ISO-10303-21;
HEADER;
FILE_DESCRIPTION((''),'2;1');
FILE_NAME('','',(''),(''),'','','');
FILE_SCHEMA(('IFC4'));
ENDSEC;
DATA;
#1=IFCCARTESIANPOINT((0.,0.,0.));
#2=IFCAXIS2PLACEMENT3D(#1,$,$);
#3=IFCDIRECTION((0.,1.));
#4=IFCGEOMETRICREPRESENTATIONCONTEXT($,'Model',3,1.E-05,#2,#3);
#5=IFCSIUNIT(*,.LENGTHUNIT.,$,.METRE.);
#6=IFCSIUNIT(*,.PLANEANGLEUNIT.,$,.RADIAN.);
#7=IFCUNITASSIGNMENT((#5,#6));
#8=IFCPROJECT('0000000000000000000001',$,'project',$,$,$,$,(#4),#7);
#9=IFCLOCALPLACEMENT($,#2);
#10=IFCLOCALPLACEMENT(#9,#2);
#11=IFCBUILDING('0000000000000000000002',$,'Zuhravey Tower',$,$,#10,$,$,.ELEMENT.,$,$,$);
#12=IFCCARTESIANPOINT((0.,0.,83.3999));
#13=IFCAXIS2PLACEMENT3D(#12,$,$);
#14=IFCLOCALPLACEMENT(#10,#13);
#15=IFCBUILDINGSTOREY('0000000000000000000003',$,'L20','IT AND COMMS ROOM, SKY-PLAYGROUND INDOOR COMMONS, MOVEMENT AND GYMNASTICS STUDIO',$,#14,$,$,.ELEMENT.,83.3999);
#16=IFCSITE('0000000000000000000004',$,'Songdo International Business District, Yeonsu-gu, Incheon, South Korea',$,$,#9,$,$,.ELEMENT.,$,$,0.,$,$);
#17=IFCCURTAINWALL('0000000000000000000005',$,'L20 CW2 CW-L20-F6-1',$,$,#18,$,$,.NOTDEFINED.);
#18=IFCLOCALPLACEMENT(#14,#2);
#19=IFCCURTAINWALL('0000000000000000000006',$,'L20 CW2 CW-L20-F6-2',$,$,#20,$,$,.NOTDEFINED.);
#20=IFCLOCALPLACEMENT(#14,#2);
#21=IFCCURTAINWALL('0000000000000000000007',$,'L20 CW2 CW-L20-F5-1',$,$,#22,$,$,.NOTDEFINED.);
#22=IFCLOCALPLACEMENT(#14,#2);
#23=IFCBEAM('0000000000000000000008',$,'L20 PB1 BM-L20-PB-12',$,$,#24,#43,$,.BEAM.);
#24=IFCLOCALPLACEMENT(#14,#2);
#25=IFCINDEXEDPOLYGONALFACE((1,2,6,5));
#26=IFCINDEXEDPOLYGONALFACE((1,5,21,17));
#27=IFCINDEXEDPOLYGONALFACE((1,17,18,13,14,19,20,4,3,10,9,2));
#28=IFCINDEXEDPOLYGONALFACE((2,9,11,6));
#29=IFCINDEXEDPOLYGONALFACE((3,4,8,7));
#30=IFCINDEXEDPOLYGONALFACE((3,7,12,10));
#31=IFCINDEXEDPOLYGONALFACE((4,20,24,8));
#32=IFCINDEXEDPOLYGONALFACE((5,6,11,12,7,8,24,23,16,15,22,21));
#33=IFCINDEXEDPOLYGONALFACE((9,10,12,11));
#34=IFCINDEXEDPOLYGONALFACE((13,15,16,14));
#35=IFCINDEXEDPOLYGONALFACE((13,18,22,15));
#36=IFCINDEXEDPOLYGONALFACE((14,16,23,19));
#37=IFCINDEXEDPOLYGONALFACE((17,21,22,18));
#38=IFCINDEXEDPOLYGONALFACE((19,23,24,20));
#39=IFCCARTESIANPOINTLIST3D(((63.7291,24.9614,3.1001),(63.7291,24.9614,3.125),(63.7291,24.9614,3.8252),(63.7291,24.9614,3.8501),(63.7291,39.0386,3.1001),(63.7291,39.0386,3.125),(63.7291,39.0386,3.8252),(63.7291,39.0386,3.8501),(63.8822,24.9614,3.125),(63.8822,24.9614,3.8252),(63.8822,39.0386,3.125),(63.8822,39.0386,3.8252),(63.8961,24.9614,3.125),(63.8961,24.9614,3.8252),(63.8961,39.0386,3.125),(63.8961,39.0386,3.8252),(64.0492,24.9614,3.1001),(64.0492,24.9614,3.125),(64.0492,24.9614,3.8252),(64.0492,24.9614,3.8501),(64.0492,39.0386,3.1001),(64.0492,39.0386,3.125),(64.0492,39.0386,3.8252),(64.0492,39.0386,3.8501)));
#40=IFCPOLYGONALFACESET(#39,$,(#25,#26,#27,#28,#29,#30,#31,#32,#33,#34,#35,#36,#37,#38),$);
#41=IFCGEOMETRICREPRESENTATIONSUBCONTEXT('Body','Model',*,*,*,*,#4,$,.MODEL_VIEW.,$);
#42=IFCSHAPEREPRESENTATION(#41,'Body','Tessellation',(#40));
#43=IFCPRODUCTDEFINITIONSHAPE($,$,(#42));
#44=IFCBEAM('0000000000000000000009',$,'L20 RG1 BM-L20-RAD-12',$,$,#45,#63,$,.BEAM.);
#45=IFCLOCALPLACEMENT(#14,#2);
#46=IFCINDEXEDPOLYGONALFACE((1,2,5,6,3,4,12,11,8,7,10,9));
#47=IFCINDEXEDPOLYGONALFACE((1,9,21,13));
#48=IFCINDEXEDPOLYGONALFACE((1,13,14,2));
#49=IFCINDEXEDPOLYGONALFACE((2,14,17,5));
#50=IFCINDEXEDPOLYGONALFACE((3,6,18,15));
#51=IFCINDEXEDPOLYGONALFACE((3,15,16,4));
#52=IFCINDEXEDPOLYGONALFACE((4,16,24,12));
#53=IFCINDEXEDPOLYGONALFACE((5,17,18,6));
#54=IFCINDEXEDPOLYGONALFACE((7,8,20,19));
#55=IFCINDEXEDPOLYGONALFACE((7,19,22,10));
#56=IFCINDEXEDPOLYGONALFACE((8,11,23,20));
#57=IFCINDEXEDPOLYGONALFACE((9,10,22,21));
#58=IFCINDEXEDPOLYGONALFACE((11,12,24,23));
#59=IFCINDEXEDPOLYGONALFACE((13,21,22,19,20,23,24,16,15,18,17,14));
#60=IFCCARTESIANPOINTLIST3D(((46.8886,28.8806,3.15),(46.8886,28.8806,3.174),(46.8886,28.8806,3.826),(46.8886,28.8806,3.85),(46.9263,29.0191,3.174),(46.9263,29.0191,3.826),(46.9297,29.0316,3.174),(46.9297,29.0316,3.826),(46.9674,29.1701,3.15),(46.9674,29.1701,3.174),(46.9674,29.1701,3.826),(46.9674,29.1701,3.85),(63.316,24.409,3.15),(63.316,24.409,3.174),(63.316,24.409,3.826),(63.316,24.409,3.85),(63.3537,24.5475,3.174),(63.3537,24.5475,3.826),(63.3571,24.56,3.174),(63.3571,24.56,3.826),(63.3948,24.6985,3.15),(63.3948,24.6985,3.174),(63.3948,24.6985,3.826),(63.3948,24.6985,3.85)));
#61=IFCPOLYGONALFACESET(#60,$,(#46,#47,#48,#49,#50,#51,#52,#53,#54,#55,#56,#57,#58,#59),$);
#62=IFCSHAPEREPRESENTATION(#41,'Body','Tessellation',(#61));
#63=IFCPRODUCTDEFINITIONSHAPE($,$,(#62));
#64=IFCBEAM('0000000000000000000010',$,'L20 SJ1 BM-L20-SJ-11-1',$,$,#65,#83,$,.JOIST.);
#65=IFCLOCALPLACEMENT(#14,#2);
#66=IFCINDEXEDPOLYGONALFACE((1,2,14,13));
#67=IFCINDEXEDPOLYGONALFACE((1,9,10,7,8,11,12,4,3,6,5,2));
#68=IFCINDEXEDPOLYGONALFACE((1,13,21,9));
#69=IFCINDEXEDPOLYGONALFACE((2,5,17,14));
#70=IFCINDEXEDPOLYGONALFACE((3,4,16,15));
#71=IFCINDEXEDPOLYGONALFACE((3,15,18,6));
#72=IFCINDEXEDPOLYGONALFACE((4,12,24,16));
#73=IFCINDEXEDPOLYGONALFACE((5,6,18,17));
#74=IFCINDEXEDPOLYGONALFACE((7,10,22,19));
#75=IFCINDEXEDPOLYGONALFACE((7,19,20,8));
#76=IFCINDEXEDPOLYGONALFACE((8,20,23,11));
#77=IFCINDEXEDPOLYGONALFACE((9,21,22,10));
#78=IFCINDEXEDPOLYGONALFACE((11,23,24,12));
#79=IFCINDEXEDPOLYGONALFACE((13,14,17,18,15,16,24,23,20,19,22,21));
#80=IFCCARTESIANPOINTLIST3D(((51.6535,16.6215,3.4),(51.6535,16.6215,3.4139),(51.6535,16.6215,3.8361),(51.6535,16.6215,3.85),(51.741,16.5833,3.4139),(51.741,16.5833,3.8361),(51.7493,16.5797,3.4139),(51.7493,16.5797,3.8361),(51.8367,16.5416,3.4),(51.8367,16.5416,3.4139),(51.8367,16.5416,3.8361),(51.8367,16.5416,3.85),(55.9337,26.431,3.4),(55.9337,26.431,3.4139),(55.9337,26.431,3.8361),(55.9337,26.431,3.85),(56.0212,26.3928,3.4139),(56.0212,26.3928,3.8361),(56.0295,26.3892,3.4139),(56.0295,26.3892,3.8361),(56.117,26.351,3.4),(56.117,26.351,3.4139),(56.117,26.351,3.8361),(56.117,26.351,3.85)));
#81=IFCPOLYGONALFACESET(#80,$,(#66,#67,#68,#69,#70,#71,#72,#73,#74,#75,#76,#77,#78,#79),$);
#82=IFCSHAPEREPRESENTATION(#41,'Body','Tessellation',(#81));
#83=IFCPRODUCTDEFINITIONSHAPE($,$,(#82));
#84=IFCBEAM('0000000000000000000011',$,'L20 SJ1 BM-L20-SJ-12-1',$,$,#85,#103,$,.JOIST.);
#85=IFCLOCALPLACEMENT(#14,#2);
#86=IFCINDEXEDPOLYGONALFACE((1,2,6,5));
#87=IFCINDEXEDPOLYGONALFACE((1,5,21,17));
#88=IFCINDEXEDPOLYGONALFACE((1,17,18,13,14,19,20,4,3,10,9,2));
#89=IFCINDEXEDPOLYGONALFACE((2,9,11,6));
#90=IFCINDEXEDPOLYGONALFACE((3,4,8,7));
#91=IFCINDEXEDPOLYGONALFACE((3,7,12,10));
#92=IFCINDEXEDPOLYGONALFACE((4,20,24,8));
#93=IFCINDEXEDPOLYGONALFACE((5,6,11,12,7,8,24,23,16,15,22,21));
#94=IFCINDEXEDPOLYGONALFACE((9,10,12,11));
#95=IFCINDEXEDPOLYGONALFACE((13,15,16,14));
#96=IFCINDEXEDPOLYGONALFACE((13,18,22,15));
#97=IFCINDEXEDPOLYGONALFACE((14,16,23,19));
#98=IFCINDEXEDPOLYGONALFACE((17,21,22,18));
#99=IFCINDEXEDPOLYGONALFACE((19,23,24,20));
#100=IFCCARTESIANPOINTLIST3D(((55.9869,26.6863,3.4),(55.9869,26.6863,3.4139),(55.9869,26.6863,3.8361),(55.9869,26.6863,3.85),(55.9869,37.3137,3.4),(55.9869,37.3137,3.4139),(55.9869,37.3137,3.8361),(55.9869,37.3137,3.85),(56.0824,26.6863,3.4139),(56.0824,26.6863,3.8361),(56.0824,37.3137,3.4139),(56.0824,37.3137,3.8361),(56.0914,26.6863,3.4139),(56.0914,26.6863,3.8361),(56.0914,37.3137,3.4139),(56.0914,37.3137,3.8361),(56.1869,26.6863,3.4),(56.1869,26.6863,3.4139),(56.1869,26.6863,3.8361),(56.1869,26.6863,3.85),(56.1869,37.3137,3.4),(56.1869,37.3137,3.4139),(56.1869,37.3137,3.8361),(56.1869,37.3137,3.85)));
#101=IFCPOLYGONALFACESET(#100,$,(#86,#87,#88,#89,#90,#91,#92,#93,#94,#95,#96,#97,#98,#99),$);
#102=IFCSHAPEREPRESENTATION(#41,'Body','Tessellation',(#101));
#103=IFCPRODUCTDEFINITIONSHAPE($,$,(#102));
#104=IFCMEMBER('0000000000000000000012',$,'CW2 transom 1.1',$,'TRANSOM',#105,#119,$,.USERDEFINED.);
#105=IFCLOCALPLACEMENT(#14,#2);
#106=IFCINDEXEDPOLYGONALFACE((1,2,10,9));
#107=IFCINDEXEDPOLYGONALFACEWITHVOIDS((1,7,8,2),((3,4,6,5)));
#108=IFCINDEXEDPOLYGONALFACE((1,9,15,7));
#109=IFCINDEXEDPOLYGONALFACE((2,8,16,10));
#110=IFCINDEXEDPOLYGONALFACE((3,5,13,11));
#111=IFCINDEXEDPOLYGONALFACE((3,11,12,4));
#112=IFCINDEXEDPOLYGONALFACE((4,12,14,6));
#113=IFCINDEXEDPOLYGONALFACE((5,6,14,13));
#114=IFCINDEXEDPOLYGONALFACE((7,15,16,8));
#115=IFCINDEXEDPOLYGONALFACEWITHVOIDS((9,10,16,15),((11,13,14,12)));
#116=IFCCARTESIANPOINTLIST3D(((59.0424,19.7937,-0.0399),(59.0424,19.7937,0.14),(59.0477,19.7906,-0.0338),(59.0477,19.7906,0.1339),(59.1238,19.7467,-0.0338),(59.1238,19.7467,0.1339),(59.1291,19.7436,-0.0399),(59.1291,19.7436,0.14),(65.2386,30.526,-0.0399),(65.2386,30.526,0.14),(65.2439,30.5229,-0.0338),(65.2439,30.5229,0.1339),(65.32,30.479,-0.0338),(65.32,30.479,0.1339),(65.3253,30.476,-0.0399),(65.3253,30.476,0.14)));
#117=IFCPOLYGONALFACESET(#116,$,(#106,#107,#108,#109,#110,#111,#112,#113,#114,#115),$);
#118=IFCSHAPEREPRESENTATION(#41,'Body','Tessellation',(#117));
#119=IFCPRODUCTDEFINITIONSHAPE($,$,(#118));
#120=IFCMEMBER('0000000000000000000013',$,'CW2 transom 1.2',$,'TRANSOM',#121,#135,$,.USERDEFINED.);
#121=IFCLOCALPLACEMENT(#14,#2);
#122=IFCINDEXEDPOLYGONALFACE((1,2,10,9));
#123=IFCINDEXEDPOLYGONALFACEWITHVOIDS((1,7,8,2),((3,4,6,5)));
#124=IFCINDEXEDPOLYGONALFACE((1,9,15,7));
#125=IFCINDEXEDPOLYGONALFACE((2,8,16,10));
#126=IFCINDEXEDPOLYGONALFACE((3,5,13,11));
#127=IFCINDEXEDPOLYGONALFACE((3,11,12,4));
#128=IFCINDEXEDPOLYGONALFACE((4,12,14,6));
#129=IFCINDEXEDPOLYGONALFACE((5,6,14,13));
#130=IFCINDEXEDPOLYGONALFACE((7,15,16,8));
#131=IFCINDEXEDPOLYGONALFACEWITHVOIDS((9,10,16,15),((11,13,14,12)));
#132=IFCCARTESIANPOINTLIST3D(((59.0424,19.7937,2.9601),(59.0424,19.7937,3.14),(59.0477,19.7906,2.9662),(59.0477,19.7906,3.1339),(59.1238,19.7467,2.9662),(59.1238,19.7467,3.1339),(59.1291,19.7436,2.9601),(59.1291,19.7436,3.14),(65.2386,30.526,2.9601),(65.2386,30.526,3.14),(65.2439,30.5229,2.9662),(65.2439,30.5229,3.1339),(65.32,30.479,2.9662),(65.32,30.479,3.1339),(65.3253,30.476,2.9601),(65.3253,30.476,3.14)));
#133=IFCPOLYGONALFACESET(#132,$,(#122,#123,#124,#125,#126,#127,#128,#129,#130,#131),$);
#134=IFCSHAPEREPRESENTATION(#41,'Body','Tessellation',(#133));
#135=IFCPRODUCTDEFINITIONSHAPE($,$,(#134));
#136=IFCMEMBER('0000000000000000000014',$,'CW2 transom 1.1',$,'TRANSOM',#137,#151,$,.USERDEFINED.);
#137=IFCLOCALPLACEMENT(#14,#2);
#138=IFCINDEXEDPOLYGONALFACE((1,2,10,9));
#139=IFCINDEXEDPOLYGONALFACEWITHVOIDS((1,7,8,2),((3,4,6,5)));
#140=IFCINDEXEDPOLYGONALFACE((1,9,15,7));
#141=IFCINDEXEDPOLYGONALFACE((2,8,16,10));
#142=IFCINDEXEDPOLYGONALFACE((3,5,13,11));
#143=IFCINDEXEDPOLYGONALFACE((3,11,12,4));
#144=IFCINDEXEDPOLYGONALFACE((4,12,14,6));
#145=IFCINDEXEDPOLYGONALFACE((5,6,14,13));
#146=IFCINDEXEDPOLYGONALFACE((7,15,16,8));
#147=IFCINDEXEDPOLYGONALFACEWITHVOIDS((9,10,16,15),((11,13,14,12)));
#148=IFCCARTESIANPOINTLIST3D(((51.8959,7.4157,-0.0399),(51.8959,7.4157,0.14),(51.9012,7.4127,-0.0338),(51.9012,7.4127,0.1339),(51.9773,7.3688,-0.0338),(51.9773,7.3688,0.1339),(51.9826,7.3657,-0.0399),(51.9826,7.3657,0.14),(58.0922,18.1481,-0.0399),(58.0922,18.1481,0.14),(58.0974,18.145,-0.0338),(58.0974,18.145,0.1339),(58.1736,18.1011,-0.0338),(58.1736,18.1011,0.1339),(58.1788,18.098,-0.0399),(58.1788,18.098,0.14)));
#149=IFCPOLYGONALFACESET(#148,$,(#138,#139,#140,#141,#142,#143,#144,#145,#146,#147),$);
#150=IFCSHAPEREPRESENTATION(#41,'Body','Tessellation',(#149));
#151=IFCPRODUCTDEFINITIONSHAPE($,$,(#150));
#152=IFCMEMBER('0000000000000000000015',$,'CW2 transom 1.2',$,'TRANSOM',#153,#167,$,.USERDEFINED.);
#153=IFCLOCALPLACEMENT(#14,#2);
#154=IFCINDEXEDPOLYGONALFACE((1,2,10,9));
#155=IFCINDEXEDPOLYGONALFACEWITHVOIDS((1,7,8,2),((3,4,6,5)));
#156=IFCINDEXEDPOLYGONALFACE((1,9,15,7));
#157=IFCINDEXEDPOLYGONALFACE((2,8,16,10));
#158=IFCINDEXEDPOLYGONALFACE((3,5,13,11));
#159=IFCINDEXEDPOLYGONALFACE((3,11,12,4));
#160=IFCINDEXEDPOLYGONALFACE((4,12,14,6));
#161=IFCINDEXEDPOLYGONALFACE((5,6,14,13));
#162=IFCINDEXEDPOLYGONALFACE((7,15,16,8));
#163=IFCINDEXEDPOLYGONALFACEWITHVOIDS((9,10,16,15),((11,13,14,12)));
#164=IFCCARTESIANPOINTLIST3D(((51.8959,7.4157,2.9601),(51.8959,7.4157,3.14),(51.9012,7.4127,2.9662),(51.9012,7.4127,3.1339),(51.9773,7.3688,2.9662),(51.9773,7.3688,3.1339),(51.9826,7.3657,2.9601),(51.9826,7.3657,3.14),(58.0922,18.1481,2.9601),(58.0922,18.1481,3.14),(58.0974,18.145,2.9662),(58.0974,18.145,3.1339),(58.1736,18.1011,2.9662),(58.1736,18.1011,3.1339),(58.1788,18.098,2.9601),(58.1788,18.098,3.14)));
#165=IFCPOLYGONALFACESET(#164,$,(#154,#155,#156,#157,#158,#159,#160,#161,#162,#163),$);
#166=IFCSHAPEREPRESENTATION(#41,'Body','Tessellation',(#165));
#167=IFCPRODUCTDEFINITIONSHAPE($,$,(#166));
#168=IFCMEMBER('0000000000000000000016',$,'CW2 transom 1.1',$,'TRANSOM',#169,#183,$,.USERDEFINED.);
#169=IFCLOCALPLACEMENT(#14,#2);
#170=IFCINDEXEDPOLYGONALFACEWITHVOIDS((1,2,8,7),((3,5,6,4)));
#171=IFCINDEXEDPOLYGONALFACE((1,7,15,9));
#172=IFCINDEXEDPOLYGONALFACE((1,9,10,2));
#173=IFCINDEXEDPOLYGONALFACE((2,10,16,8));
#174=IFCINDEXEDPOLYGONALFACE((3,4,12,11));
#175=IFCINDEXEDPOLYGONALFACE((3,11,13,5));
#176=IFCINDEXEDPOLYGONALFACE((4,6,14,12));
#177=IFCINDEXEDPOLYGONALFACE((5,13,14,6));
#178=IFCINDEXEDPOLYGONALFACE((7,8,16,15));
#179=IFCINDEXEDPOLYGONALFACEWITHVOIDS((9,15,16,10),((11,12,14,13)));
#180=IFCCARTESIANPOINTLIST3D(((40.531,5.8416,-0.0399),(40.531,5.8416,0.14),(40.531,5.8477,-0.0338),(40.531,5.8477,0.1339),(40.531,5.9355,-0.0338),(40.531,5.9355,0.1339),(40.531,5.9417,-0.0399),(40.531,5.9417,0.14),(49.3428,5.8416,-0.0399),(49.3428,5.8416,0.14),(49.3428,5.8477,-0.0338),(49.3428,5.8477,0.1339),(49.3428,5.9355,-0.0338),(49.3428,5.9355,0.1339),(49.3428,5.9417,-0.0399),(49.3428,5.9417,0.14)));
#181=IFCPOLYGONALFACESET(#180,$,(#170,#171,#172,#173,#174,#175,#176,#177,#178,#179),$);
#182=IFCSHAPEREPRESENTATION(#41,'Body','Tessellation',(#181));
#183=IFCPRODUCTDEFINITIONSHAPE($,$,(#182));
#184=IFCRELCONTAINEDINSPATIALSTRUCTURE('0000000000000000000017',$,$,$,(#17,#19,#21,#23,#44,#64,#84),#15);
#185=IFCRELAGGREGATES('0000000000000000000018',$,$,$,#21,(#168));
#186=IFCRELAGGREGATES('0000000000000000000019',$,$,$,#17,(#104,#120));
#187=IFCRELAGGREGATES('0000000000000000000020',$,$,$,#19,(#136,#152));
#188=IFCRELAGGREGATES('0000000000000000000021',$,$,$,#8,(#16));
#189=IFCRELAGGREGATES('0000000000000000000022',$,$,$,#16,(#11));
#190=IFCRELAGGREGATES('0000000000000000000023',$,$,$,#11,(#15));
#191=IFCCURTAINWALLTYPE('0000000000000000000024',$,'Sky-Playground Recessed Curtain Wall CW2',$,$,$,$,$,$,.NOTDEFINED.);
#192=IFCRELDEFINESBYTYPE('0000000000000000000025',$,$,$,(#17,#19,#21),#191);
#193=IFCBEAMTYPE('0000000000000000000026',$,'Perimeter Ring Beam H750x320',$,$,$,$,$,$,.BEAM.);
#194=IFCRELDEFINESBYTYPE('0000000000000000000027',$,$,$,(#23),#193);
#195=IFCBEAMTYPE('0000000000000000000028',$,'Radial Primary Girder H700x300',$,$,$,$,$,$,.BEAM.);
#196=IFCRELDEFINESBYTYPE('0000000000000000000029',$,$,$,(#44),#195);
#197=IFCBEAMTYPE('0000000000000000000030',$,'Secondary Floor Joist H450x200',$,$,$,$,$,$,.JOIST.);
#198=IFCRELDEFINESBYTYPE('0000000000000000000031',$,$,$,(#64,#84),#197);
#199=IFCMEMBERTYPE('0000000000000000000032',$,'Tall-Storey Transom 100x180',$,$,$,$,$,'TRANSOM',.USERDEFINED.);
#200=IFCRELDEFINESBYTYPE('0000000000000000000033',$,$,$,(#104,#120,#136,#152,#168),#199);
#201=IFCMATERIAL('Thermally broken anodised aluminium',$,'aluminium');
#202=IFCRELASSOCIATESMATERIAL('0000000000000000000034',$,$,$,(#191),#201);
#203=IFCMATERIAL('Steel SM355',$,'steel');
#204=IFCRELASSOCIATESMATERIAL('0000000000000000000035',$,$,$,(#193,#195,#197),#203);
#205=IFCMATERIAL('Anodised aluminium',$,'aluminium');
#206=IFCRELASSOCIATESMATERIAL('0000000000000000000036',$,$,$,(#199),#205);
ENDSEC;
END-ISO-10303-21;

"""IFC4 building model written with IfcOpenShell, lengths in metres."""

from ifc_helpers import new_model, si_unit, direction, frame, origin, origin_2d, place, context, subcontext, project, spatial, hollow_rectangle, i_section, extrude, material, material_profile, profile_set, type_object, element, aggregate, save


model = new_model("IFC4")

# Units and contexts
model_context = context("Model", 3, precision=1e-05, world=origin(), true_north=direction((0.0, 1.0)))
body_context = subcontext(model_context, "Body", "Model", "MODEL_VIEW")
ifc_project = project(units=[si_unit("LENGTHUNIT", "METRE"), si_unit("PLANEANGLEUNIT", "RADIAN")], contexts=[model_context])

# Site, building, storey
site_placement = place(None, origin())
site = spatial("IfcSite", under=ifc_project, at=site_placement, Name="Songdo International Business District, Yeonsu-gu, Incheon, South Korea", CompositionType="ELEMENT", RefElevation=0.0)
building_placement = place(site_placement, origin())
building = spatial("IfcBuilding", under=site, at=building_placement, Name="Zuhravey Tower", CompositionType="ELEMENT")
storey_placement = place(building_placement, frame((0.0, 0.0, 83.3999)))
storey = spatial("IfcBuildingStorey", under=building, at=storey_placement, Name="L20", Description="IT AND COMMS ROOM, SKY-PLAYGROUND INDOOR COMMONS, MOVEMENT AND GYMNASTICS STUDIO", CompositionType="ELEMENT", Elevation=83.3999)

# Curtain walls
ifc_material_1 = material(Name="Thermally broken anodised aluminium", Category="aluminium")
curtain_wall_type = type_object("IfcCurtainWallType", Name="Sky-Playground Recessed Curtain Wall CW2", PredefinedType="NOTDEFINED", material=ifc_material_1)
curtain_wall_1_placement = place(storey_placement, origin())
curtain_wall_1 = element("IfcCurtainWall", 1, at=curtain_wall_1_placement, inside=storey, type_object=curtain_wall_type, Name="L20 CW2 CW-L20-F6-1", PredefinedType="NOTDEFINED")
ifc_material_2 = material(Name="Anodised aluminium", Category="aluminium")
curtain_wall_2_placement = place(storey_placement, origin())
curtain_wall_2 = element("IfcCurtainWall", 2, at=curtain_wall_2_placement, inside=storey, type_object=curtain_wall_type, Name="L20 CW2 CW-L20-F6-2", PredefinedType="NOTDEFINED")

# Curtain wall
curtain_wall_3_placement = place(storey_placement, origin())
curtain_wall_3 = element("IfcCurtainWall", 3, at=curtain_wall_3_placement, inside=storey, type_object=curtain_wall_type, Name="L20 CW2 CW-L20-F5-1", PredefinedType="NOTDEFINED")

# Beams
ifc_material_3 = material(Name="Steel SM355", Category="steel")
ifc_material_profile_1 = material_profile(ifc_material_3, i_section(OverallWidth=0.3201, OverallDepth=0.75, WebThickness=0.0139, FlangeThickness=0.0249, at=origin_2d()), Name="H-750x320x14x25")
ifc_profile_set_1 = profile_set([ifc_material_profile_1], Name="Steel SM355")
beam_type_1 = type_object("IfcBeamType", Name="Perimeter Ring Beam H750x320", PredefinedType="BEAM", material=ifc_profile_set_1)
beam_1_placement = place(storey_placement, frame((63.8892, 24.9614, 3.4751), z_axis=(0.0, 1.0, 0.0), x_axis=(-1.0, 0.0, 0.0)))
element("IfcBeam", 4, at=beam_1_placement, inside=storey, type_object=beam_type_1, Name="L20 PB1 BM-L20-PB-12", PredefinedType="BEAM", context=body_context, shape_type="SweptSolid", body=[
    extrude(i_section(OverallWidth=0.3201, OverallDepth=0.75, WebThickness=0.0139, FlangeThickness=0.0249, at=origin_2d()), origin(), (0.0, 0.0, 1.0), 14.0771),
])
ifc_material_profile_2 = material_profile(ifc_material_3, i_section(OverallWidth=0.3, OverallDepth=0.7, WebThickness=0.0129, FlangeThickness=0.0239, at=origin_2d()), Name="H-700x300x13x24")
ifc_profile_set_2 = profile_set([ifc_material_profile_2], Name="Steel SM355")
beam_type_2 = type_object("IfcBeamType", Name="Radial Primary Girder H700x300", PredefinedType="BEAM", material=ifc_profile_set_2)
beam_2_placement = place(storey_placement, frame((46.928, 29.0254, 3.5), z_axis=(0.964891, -0.26265, 0.0), x_axis=(0.26265, 0.964891, 0.0)))
element("IfcBeam", 5, at=beam_2_placement, inside=storey, type_object=beam_type_2, Name="L20 RG1 BM-L20-RAD-12", PredefinedType="BEAM", context=body_context, shape_type="SweptSolid", body=[
    extrude(i_section(OverallWidth=0.3, OverallDepth=0.7, WebThickness=0.0129, FlangeThickness=0.0239, at=origin_2d()), origin(), (0.0, 0.0, 1.0), 17.0251),
])
ifc_material_profile_3 = material_profile(ifc_material_3, i_section(OverallWidth=0.2, OverallDepth=0.45, WebThickness=0.009, FlangeThickness=0.0139, at=origin_2d()), Name="H-450x200x9x14")
ifc_profile_set_3 = profile_set([ifc_material_profile_3], Name="Steel SM355")
beam_type_3 = type_object("IfcBeamType", Name="Secondary Floor Joist H450x200", PredefinedType="JOIST", material=ifc_profile_set_3)
beam_3_placement = place(storey_placement, frame((51.7451, 16.5815, 3.625), z_axis=(0.399924, 0.916549, 0.0), x_axis=(-0.916549, 0.399924, 0.0)))
element("IfcBeam", 6, at=beam_3_placement, inside=storey, type_object=beam_type_3, Name="L20 SJ1 BM-L20-SJ-11-1", PredefinedType="JOIST", context=body_context, shape_type="SweptSolid", body=[
    extrude(i_section(OverallWidth=0.2, OverallDepth=0.45, WebThickness=0.009, FlangeThickness=0.0139, at=origin_2d()), origin(), (0.0, 0.0, 1.0), 10.7026),
])
beam_4_placement = place(storey_placement, frame((56.0869, 26.6863, 3.625), z_axis=(0.0, 1.0, 0.0), x_axis=(-1.0, 0.0, 0.0)))
element("IfcBeam", 7, at=beam_4_placement, inside=storey, type_object=beam_type_3, Name="L20 SJ1 BM-L20-SJ-12-1", PredefinedType="JOIST", context=body_context, shape_type="SweptSolid", body=[
    extrude(i_section(OverallWidth=0.2, OverallDepth=0.45, WebThickness=0.009, FlangeThickness=0.0139, at=origin_2d()), origin(), (0.0, 0.0, 1.0), 10.6274),
])

# Members
ifc_material_profile_4 = material_profile(ifc_material_2, hollow_rectangle(XDim=0.1001, YDim=0.1799, WallThickness=0.0061, at=origin_2d()), Name="ALU-RHS-100x180x6")
ifc_profile_set_4 = profile_set([ifc_material_profile_4], Name="Anodised aluminium")
member_type_1 = type_object("IfcMemberType", Name="Tall-Storey Transom 100x180", ElementType="TRANSOM", PredefinedType="USERDEFINED", material=ifc_profile_set_4)
member_1_placement = place(storey_placement, frame((65.282, 30.501, 0.05), z_axis=(-0.499995, -0.866028, 0.0), x_axis=(0.866028, -0.499995, 0.0)))
member_1 = element("IfcMember", 8, at=member_1_placement, type_object=member_type_1, Name="CW2 transom 1.1", ObjectType="TRANSOM", PredefinedType="USERDEFINED", context=body_context, shape_type="SweptSolid", body=[
    extrude(hollow_rectangle(XDim=0.1001, YDim=0.1799, WallThickness=0.0061, at=origin_2d()), origin(), (0.0, 0.0, 1.0), 12.3926),
])
member_2_placement = place(storey_placement, frame((65.282, 30.501, 3.05), z_axis=(-0.499995, -0.866028, 0.0), x_axis=(0.866028, -0.499995, 0.0)))
member_2 = element("IfcMember", 9, at=member_2_placement, type_object=member_type_1, Name="CW2 transom 1.2", ObjectType="TRANSOM", PredefinedType="USERDEFINED", context=body_context, shape_type="SweptSolid", body=[
    extrude(hollow_rectangle(XDim=0.1001, YDim=0.1799, WallThickness=0.0061, at=origin_2d()), origin(), (0.0, 0.0, 1.0), 12.3926),
])
member_3_placement = place(storey_placement, frame((58.1355, 18.123, 0.05), z_axis=(-0.499995, -0.866028, 0.0), x_axis=(0.866028, -0.499995, 0.0)))
member_3 = element("IfcMember", 10, at=member_3_placement, type_object=member_type_1, Name="CW2 transom 1.1", ObjectType="TRANSOM", PredefinedType="USERDEFINED", context=body_context, shape_type="SweptSolid", body=[
    extrude(hollow_rectangle(XDim=0.1001, YDim=0.1799, WallThickness=0.0061, at=origin_2d()), origin(), (0.0, 0.0, 1.0), 12.3926),
])
member_4_placement = place(storey_placement, frame((58.1355, 18.123, 3.05), z_axis=(-0.499995, -0.866028, 0.0), x_axis=(0.866028, -0.499995, 0.0)))
member_4 = element("IfcMember", 11, at=member_4_placement, type_object=member_type_1, Name="CW2 transom 1.2", ObjectType="TRANSOM", PredefinedType="USERDEFINED", context=body_context, shape_type="SweptSolid", body=[
    extrude(hollow_rectangle(XDim=0.1001, YDim=0.1799, WallThickness=0.0061, at=origin_2d()), origin(), (0.0, 0.0, 1.0), 12.3926),
])
member_5_placement = place(storey_placement, frame((49.3428, 5.8916, 0.05), z_axis=(-1.0, 0.0, 0.0), x_axis=(0.0, -1.0, 0.0)))
member_5 = element("IfcMember", 12, at=member_5_placement, type_object=member_type_1, Name="CW2 transom 1.1", ObjectType="TRANSOM", PredefinedType="USERDEFINED", context=body_context, shape_type="SweptSolid", body=[
    extrude(hollow_rectangle(XDim=0.1001, YDim=0.1799, WallThickness=0.0061, at=origin_2d()), origin(), (0.0, 0.0, 1.0), 8.8118),
])
aggregate(curtain_wall_3, [member_5])

aggregate(curtain_wall_1, [member_1, member_2])
aggregate(curtain_wall_2, [member_3, member_4])

save(model, "model.ifc")
